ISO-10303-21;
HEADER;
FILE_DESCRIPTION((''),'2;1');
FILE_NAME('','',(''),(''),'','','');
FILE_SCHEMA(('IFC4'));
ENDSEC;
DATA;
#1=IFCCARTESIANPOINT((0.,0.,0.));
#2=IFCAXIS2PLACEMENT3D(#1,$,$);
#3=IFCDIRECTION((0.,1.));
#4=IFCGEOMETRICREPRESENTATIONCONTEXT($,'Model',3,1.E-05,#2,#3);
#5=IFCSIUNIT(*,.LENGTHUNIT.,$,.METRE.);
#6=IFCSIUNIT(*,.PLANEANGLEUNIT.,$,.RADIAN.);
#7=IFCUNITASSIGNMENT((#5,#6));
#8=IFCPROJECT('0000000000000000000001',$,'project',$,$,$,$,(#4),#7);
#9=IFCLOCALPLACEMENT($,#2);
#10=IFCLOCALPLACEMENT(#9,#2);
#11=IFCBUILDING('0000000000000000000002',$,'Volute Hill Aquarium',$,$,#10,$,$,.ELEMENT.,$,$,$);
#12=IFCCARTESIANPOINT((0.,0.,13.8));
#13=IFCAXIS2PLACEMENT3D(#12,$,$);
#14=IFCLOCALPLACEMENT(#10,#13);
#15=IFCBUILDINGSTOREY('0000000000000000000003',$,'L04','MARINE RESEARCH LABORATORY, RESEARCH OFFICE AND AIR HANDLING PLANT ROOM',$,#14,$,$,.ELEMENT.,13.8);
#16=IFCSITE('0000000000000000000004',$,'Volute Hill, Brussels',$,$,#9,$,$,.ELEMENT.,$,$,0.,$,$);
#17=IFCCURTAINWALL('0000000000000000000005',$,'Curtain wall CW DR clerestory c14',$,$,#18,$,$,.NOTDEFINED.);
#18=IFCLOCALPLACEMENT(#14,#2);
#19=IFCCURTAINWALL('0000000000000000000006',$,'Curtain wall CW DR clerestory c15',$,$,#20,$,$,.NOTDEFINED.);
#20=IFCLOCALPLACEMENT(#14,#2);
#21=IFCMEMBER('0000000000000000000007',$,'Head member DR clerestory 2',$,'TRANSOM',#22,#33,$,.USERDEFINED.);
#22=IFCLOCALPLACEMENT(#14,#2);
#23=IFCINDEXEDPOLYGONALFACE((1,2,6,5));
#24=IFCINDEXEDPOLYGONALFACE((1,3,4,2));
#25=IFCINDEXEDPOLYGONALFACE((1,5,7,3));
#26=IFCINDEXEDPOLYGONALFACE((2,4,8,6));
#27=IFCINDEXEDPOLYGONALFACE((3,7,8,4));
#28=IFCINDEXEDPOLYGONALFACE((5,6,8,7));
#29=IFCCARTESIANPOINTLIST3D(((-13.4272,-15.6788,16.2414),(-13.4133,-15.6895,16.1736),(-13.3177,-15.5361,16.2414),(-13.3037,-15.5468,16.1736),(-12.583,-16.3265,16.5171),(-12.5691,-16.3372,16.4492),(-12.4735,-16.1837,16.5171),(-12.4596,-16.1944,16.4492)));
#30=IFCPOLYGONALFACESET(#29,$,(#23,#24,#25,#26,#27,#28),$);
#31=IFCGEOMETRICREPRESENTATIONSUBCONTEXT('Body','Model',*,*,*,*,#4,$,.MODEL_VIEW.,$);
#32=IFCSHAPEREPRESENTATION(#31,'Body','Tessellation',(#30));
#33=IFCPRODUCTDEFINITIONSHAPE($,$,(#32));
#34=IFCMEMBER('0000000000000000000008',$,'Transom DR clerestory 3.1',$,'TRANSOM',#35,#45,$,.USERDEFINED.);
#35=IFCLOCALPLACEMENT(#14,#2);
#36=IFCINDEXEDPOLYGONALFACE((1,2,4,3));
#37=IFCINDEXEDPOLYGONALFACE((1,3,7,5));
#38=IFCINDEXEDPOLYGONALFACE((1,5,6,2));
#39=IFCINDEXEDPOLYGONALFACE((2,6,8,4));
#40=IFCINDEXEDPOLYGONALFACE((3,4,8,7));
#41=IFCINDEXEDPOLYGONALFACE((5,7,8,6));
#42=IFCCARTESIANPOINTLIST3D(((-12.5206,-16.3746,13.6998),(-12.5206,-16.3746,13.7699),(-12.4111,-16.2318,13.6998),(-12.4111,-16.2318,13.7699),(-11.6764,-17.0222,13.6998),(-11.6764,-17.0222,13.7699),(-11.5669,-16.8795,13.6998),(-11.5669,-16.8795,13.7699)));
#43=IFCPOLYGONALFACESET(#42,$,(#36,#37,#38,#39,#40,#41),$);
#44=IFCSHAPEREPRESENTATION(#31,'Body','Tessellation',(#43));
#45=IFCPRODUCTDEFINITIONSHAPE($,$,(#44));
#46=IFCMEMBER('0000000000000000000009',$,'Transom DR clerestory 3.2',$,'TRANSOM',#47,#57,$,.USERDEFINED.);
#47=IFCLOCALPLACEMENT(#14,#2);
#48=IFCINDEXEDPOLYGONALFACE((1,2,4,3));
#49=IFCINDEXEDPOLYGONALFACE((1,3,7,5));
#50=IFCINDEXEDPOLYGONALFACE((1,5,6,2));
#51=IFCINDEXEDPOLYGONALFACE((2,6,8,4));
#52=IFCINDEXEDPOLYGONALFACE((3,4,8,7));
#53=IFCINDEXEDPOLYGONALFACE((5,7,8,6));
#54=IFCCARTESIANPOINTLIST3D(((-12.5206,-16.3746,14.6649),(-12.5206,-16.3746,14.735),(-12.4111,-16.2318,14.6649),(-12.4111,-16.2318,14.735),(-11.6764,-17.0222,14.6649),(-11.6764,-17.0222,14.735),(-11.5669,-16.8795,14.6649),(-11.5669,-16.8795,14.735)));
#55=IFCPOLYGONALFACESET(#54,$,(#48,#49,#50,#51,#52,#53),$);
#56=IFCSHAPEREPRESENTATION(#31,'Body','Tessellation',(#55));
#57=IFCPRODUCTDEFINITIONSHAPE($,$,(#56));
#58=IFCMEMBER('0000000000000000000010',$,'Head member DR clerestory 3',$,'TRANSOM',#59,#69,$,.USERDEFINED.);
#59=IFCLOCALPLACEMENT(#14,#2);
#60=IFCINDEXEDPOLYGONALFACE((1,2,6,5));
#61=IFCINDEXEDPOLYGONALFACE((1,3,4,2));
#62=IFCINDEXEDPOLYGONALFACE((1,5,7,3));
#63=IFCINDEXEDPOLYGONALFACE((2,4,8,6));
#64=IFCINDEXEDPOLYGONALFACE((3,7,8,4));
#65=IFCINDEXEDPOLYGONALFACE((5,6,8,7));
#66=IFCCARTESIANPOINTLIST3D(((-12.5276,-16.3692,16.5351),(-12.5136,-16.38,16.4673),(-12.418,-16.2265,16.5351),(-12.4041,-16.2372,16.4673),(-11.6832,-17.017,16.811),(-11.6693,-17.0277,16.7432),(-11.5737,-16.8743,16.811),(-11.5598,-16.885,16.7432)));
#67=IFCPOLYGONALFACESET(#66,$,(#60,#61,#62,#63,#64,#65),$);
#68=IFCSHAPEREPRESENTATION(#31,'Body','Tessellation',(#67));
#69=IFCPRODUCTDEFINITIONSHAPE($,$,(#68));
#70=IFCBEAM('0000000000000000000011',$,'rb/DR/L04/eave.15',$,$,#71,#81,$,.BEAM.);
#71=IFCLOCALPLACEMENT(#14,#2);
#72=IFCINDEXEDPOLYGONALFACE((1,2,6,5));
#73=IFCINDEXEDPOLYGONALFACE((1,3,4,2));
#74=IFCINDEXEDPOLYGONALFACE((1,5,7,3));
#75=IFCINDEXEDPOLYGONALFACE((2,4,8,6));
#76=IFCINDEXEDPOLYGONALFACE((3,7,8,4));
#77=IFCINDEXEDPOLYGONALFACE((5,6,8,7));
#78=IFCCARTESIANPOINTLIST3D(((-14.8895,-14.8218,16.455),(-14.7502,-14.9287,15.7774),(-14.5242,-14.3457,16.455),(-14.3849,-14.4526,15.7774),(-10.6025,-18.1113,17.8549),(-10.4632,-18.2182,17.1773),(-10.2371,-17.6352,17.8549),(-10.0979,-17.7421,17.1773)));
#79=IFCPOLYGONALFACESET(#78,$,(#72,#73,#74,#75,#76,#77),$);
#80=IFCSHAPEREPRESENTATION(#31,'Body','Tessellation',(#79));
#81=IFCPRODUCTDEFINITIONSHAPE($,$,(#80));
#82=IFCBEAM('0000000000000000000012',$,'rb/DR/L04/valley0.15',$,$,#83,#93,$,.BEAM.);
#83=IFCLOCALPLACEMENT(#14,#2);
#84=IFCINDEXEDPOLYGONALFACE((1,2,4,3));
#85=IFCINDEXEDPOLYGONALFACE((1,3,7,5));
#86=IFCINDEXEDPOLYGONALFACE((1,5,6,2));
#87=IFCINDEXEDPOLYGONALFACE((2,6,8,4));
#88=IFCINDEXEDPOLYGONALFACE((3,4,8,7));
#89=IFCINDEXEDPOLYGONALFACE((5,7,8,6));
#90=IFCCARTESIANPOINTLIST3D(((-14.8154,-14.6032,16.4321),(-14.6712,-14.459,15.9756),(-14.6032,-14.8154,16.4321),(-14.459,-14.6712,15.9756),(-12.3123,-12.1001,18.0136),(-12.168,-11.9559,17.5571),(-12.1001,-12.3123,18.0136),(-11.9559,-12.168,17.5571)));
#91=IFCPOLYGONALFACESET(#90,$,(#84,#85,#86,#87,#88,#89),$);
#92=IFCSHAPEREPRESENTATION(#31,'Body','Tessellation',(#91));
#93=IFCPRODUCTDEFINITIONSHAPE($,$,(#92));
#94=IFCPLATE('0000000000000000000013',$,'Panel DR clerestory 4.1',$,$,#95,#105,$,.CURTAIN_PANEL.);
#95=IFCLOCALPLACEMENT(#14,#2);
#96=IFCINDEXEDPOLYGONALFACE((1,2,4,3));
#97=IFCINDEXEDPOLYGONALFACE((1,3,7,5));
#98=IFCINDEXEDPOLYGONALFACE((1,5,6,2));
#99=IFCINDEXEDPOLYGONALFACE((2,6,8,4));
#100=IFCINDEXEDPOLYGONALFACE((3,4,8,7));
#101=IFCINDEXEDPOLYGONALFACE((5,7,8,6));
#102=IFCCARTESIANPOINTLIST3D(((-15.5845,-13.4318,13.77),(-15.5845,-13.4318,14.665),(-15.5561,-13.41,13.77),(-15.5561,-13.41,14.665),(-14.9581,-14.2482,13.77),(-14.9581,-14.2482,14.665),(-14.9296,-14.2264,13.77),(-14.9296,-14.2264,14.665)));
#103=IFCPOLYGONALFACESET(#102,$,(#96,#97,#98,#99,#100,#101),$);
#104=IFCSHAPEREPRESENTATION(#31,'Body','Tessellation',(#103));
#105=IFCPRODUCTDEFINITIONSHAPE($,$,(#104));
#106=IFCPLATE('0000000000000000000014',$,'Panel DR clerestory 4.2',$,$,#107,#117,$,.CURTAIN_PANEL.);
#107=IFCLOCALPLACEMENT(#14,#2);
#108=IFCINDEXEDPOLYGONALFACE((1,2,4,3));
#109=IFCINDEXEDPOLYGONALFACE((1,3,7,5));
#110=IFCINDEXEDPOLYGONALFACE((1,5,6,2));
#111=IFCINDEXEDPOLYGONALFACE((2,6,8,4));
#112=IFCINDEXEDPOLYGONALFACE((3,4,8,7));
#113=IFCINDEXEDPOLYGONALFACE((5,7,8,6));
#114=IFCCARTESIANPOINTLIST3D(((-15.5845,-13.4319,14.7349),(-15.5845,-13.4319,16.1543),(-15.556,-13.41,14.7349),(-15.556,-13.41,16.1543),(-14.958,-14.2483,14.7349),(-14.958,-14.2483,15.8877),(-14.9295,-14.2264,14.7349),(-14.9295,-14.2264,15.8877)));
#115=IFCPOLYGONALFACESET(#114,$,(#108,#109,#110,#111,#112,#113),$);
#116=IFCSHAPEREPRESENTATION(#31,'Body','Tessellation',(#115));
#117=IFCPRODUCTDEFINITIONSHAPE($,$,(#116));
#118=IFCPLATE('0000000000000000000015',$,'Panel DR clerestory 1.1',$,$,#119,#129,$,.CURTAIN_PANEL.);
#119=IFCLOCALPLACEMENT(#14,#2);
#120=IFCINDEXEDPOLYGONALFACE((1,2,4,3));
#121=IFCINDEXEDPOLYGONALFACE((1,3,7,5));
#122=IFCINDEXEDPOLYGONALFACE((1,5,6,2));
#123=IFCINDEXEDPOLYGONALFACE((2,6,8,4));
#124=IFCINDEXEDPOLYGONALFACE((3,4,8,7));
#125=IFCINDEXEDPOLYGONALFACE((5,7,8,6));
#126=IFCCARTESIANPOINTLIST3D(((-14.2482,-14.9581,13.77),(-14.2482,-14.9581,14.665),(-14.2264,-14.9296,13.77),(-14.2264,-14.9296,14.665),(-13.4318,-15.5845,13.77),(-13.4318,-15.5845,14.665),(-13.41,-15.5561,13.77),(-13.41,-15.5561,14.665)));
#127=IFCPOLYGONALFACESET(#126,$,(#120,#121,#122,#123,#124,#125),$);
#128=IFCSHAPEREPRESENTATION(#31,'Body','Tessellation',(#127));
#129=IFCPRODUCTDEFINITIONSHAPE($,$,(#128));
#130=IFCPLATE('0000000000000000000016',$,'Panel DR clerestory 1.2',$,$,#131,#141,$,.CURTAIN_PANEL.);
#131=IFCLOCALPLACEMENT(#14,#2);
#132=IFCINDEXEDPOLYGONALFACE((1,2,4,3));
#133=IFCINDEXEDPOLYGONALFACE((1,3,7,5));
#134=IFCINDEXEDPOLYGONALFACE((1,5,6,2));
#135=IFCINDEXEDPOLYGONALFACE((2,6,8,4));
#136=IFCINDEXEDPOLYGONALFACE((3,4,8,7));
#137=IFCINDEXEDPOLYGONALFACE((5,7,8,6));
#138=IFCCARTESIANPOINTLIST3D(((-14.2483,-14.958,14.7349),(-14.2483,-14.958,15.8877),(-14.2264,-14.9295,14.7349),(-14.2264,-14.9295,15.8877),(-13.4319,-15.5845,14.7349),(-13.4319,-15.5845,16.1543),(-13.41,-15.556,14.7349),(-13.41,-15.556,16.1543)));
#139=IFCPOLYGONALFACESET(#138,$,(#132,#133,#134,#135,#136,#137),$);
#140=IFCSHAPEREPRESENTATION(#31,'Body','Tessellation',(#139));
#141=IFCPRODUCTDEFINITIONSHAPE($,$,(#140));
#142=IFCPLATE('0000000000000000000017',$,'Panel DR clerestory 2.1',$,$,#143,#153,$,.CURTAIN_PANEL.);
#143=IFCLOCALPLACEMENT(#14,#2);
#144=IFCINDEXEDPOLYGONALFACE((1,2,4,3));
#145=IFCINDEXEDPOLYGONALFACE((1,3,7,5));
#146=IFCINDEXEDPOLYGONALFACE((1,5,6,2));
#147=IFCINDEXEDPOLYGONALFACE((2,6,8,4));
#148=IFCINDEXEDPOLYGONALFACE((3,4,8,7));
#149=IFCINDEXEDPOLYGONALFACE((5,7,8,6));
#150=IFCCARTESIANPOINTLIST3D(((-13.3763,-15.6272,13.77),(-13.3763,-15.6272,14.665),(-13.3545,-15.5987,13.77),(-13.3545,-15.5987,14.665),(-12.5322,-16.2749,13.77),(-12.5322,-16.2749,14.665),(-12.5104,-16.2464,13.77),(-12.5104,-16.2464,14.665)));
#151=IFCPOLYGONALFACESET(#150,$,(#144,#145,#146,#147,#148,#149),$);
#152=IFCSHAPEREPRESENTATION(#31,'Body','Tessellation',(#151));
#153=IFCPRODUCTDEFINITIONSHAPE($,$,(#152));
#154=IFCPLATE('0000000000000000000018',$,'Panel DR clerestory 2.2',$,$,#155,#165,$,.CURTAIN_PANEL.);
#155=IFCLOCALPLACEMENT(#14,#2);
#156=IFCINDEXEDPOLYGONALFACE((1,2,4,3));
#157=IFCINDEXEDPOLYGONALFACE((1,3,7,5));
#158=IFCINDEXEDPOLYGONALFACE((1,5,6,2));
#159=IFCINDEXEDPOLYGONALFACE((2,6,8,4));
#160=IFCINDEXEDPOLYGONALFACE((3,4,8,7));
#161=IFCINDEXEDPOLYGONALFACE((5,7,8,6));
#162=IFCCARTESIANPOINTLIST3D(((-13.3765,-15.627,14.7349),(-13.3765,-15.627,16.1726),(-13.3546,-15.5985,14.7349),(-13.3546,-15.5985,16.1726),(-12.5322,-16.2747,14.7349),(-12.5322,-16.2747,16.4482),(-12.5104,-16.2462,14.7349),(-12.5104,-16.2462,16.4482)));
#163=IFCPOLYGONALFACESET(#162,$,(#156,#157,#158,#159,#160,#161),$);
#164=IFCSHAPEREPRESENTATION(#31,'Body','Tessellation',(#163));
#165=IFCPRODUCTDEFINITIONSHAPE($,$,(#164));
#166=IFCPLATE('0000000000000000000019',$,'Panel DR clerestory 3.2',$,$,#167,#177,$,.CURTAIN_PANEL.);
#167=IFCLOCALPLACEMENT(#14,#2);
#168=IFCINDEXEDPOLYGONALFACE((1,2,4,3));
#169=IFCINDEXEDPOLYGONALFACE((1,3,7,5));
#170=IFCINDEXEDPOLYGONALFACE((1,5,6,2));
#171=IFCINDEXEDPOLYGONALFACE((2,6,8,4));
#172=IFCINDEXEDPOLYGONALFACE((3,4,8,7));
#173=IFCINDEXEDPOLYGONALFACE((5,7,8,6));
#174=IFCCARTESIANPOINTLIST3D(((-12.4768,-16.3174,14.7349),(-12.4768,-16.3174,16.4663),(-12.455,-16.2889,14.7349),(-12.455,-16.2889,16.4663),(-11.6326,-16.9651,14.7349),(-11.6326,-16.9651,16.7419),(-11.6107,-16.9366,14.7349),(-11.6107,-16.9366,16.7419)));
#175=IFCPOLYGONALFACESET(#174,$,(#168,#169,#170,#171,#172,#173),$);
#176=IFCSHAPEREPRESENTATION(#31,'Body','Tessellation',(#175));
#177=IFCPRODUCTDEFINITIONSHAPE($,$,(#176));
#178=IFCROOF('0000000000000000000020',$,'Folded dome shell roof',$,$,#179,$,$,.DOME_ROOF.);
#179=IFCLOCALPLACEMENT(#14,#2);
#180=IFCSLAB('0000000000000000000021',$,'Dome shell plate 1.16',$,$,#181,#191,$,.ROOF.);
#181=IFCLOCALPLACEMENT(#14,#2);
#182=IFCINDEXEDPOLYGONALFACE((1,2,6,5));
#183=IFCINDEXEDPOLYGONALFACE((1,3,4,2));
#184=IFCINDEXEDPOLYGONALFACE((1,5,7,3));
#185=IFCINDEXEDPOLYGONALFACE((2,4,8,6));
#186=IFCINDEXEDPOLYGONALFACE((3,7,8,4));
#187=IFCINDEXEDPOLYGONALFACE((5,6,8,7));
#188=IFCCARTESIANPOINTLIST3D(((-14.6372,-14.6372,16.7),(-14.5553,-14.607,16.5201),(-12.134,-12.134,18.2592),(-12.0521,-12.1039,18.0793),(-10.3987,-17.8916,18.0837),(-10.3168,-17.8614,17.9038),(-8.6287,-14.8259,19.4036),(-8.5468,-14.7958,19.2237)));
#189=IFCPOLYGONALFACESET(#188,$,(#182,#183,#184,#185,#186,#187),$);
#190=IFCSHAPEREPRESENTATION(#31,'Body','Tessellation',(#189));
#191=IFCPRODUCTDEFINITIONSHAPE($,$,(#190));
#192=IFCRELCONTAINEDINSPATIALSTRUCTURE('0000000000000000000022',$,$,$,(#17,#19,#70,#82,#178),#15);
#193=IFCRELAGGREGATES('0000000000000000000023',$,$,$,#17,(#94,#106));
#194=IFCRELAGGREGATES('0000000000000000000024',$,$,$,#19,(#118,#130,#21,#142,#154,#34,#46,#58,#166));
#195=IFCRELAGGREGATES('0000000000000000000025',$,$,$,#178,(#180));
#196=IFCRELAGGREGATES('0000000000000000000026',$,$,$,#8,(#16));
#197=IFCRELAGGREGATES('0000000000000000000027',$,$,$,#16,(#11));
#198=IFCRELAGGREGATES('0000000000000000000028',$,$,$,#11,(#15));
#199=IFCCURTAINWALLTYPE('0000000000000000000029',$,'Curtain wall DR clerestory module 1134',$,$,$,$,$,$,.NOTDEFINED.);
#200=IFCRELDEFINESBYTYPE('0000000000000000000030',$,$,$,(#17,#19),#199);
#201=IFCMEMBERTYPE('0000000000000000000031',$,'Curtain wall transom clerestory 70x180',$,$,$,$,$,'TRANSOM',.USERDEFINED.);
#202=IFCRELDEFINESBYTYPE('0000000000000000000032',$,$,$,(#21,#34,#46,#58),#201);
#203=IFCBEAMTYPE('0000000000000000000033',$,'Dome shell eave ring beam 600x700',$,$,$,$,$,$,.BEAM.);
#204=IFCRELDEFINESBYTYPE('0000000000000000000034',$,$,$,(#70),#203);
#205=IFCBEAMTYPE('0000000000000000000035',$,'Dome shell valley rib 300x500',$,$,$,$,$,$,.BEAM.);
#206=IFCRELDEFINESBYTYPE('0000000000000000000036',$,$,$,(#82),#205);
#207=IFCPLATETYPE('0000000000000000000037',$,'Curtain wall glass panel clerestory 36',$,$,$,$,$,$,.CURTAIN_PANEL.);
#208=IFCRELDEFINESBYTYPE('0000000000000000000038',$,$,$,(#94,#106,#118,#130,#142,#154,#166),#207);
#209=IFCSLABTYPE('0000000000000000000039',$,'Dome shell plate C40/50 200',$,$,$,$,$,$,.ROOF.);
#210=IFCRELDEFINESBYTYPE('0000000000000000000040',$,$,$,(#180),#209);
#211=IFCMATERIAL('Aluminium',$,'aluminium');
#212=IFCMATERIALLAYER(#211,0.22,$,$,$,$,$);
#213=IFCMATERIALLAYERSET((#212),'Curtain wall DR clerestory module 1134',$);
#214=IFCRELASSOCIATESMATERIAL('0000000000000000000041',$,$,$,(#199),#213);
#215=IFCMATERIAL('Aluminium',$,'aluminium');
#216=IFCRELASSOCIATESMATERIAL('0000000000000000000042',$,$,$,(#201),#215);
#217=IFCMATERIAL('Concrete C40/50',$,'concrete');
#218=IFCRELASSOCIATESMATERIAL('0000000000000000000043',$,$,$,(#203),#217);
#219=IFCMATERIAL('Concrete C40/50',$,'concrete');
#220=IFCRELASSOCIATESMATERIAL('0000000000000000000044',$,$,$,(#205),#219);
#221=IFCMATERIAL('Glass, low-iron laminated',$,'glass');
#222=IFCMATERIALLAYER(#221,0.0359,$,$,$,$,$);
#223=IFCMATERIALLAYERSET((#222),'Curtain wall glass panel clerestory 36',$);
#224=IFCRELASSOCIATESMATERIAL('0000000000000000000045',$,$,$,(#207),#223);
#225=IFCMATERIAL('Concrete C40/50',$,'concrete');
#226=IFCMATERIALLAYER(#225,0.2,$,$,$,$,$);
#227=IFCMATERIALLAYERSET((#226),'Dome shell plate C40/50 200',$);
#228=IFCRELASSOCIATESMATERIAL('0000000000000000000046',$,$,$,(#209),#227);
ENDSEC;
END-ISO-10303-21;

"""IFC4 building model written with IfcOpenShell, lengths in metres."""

from ifc_helpers import new_model, si_unit, direction, frame, origin, origin_2d, place, context, subcontext, project, spatial, polyline, rectangle, outline, extrude, material, layer, layer_set, material_profile, profile_set, type_object, element, aggregate, save


model = new_model("IFC4")

# Units and contexts
model_context = context("Model", 3, precision=1e-05, world=origin(), true_north=direction((0.0, 1.0)))
body_context = subcontext(model_context, "Body", "Model", "MODEL_VIEW")
ifc_project = project(units=[si_unit("LENGTHUNIT", "METRE"), si_unit("PLANEANGLEUNIT", "RADIAN")], contexts=[model_context])

# Site, building, storey
site_placement = place(None, origin())
site = spatial("IfcSite", under=ifc_project, at=site_placement, Name="Volute Hill, Brussels", CompositionType="ELEMENT", RefElevation=0.0)
building_placement = place(site_placement, origin())
building = spatial("IfcBuilding", under=site, at=building_placement, Name="Volute Hill Aquarium", CompositionType="ELEMENT")
storey_placement = place(building_placement, frame((0.0, 0.0, 13.8)))
storey = spatial("IfcBuildingStorey", under=building, at=storey_placement, Name="L04", Description="MARINE RESEARCH LABORATORY, RESEARCH OFFICE AND AIR HANDLING PLANT ROOM", CompositionType="ELEMENT", Elevation=13.8)

# Curtain walls
ifc_material_1 = material(Name="Aluminium", Category="aluminium")
ifc_layer_1 = layer(ifc_material_1, 0.22)
ifc_layer_set_1 = layer_set([ifc_layer_1], Name="Curtain wall DR clerestory module 1134")
curtain_wall_type = type_object("IfcCurtainWallType", Name="Curtain wall DR clerestory module 1134", PredefinedType="NOTDEFINED", material=ifc_layer_set_1)
curtain_wall_1_placement = place(storey_placement, origin())
curtain_wall_1 = element("IfcCurtainWall", 1, at=curtain_wall_1_placement, inside=storey, type_object=curtain_wall_type, Name="Curtain wall CW DR clerestory c14", PredefinedType="NOTDEFINED")
curtain_wall_2_placement = place(storey_placement, origin())
curtain_wall_2 = element("IfcCurtainWall", 2, at=curtain_wall_2_placement, inside=storey, type_object=curtain_wall_type, Name="Curtain wall CW DR clerestory c15", PredefinedType="NOTDEFINED")

# Members
ifc_material_2 = material(Name="Aluminium", Category="aluminium")
ifc_material_profile_1 = material_profile(ifc_material_2, rectangle(XDim=0.1799, YDim=0.0701, at=origin_2d()), Name="Curtain wall transom clerestory 70x180")
ifc_profile_set_1 = profile_set([ifc_material_profile_1], Name="Aluminium")
member_type_1 = type_object("IfcMemberType", Name="Curtain wall transom clerestory 70x180", ElementType="TRANSOM", PredefinedType="USERDEFINED", material=ifc_profile_set_1)
member_1_placement = place(storey_placement, frame((-13.3655, -15.6128, 16.2075), z_axis=(0.76805, -0.589253, 0.25076), x_axis=(0.608701, 0.7934, 0.0)))
member_1 = element("IfcMember", 3, at=member_1_placement, type_object=member_type_1, Name="Head member DR clerestory 2", ObjectType="TRANSOM", PredefinedType="USERDEFINED", context=body_context, shape_type="SweptSolid", body=[
    extrude(rectangle(XDim=0.1799, YDim=0.0701, at=origin_2d()), origin(), (0.0, 0.0, 1.0), 1.0991),
])
member_2_placement = place(storey_placement, frame((-12.4658, -16.3032, 13.7349), z_axis=(0.7934, -0.608701, 0.0), x_axis=(0.608701, 0.7934, 0.0)))
member_2 = element("IfcMember", 4, at=member_2_placement, type_object=member_type_1, Name="Transom DR clerestory 3.1", ObjectType="TRANSOM", PredefinedType="USERDEFINED", context=body_context, shape_type="SweptSolid", body=[
    extrude(rectangle(XDim=0.1799, YDim=0.0701, at=origin_2d()), origin(), (0.0, 0.0, 1.0), 1.064),
])
member_3_placement = place(storey_placement, frame((-12.4658, -16.3032, 14.7), z_axis=(0.7934, -0.608701, 0.0), x_axis=(0.608701, 0.7934, 0.0)))
member_3 = element("IfcMember", 5, at=member_3_placement, type_object=member_type_1, Name="Transom DR clerestory 3.2", ObjectType="TRANSOM", PredefinedType="USERDEFINED", context=body_context, shape_type="SweptSolid", body=[
    extrude(rectangle(XDim=0.1799, YDim=0.0701, at=origin_2d()), origin(), (0.0, 0.0, 1.0), 1.064),
])
member_4_placement = place(storey_placement, frame((-12.4658, -16.3032, 16.5012), z_axis=(0.768007, -0.58922, 0.250968), x_axis=(0.608701, 0.7934, 0.0)))
member_4 = element("IfcMember", 6, at=member_4_placement, type_object=member_type_1, Name="Head member DR clerestory 3", ObjectType="TRANSOM", PredefinedType="USERDEFINED", context=body_context, shape_type="SweptSolid", body=[
    extrude(rectangle(XDim=0.1799, YDim=0.0701, at=origin_2d()), origin(), (0.0, 0.0, 1.0), 1.0994),
])

# Beams
ifc_material_3 = material(Name="Concrete C40/50", Category="concrete")
ifc_material_profile_2 = material_profile(ifc_material_3, rectangle(XDim=0.6001, YDim=0.7, at=origin_2d()), Name="RC beam 600x700")
ifc_profile_set_2 = profile_set([ifc_material_profile_2], Name="Concrete C40/50")
beam_type_1 = type_object("IfcBeamType", Name="Dome shell eave ring beam 600x700", PredefinedType="BEAM", material=ifc_profile_set_2)
beam_1_placement = place(storey_placement, frame((-14.6372, -14.6372, 16.1162), z_axis=(0.768006, -0.5893, 0.250783), x_axis=(0.608754, 0.793359, 0.0)))
element("IfcBeam", 7, at=beam_1_placement, inside=storey, type_object=beam_type_1, Name="rb/DR/L04/eave.15", PredefinedType="BEAM", context=body_context, shape_type="SweptSolid", body=[
    extrude(rectangle(XDim=0.6001, YDim=0.7, at=origin_2d()), origin(), (0.0, 0.0, 1.0), 5.582),
])
ifc_material_4 = material(Name="Concrete C40/50", Category="concrete")
ifc_material_profile_3 = material_profile(ifc_material_4, rectangle(XDim=0.3, YDim=0.5, at=origin_2d()), Name="RC rib 300x500")
ifc_profile_set_3 = profile_set([ifc_material_profile_3], Name="Concrete C40/50")
beam_type_2 = type_object("IfcBeamType", Name="Dome shell valley rib 300x500", PredefinedType="BEAM", material=ifc_profile_set_3)
beam_2_placement = place(storey_placement, frame((-14.6372, -14.6372, 16.2039), z_axis=(0.645606, 0.645606, 0.407904), x_axis=(-0.707107, 0.707107, 0.0)))
element("IfcBeam", 8, at=beam_2_placement, inside=storey, type_object=beam_type_2, Name="rb/DR/L04/valley0.15", PredefinedType="BEAM", context=body_context, shape_type="SweptSolid", body=[
    extrude(rectangle(XDim=0.3, YDim=0.5, at=origin_2d()), origin(), (0.0, 0.0, 1.0), 3.8772),
])

# Plates
ifc_material_5 = material(Name="Glass, low-iron laminated", Category="glass")
ifc_layer_2 = layer(ifc_material_5, 0.0359)
ifc_layer_set_2 = layer_set([ifc_layer_2], Name="Curtain wall glass panel clerestory 36")
plate_type = type_object("IfcPlateType", Name="Curtain wall glass panel clerestory 36", PredefinedType="CURTAIN_PANEL", material=ifc_layer_set_2)
plate_1_placement = place(storey_placement, frame((-15.2571, -13.8291, 13.77), z_axis=(0.0, 0.0, 1.0), x_axis=(0.608761, -0.793354, 0.0)))
plate_1 = element("IfcPlate", 9, at=plate_1_placement, type_object=plate_type, Name="Panel DR clerestory 4.1", PredefinedType="CURTAIN_PANEL", context=body_context, shape_type="SweptSolid", body=[
    extrude(rectangle(XDim=1.0291, YDim=0.0359, at=origin_2d()), origin(), (0.0, 0.0, 1.0), 0.895),
])
plate_2_placement = place(storey_placement, frame((-15.5845, -13.4319, 14.7349), z_axis=(-0.793347, -0.60877, 0.0), x_axis=(0.60877, -0.793347, 0.0)))
plate_2 = element("IfcPlate", 10, at=plate_2_placement, type_object=plate_type, Name="Panel DR clerestory 4.2", PredefinedType="CURTAIN_PANEL", context=body_context, shape_type="SweptSolid", body=[
    extrude(outline(polyline([(0.0, 0.0), (1.0291, 0.0), (1.0291, 1.1528), (0.0, 1.4194), (0.0, 0.0)])), origin(), (0.0, 0.0, -1.0), 0.0359),
])
aggregate(curtain_wall_1, [plate_1, plate_2])
plate_3_placement = place(storey_placement, frame((-13.8291, -15.2571, 13.77), z_axis=(0.0, 0.0, 1.0), x_axis=(0.793354, -0.608761, 0.0)))
plate_3 = element("IfcPlate", 11, at=plate_3_placement, type_object=plate_type, Name="Panel DR clerestory 1.1", PredefinedType="CURTAIN_PANEL", context=body_context, shape_type="SweptSolid", body=[
    extrude(rectangle(XDim=1.0291, YDim=0.0359, at=origin_2d()), origin(), (0.0, 0.0, 1.0), 0.895),
])
plate_4_placement = place(storey_placement, frame((-14.2483, -14.958, 14.7349), z_axis=(-0.60877, -0.793347, 0.0), x_axis=(0.793347, -0.60877, 0.0)))
plate_4 = element("IfcPlate", 12, at=plate_4_placement, type_object=plate_type, Name="Panel DR clerestory 1.2", PredefinedType="CURTAIN_PANEL", context=body_context, shape_type="SweptSolid", body=[
    extrude(outline(polyline([(0.0, 0.0), (1.0291, 0.0), (1.0291, 1.4194), (0.0, 1.1528), (0.0, 0.0)])), origin(), (0.0, 0.0, -1.0), 0.0359),
])
plate_5_placement = place(storey_placement, frame((-12.9434, -15.9368, 13.77), z_axis=(0.0, 0.0, 1.0), x_axis=(0.793354, -0.608761, 0.0)))
plate_5 = element("IfcPlate", 13, at=plate_5_placement, type_object=plate_type, Name="Panel DR clerestory 2.1", PredefinedType="CURTAIN_PANEL", context=body_context, shape_type="SweptSolid", body=[
    extrude(rectangle(XDim=1.064, YDim=0.0359, at=origin_2d()), origin(), (0.0, 0.0, 1.0), 0.895),
])
plate_6_placement = place(storey_placement, frame((-13.3765, -15.627, 14.7349), z_axis=(-0.608701, -0.7934, 0.0), x_axis=(0.7934, -0.608701, 0.0)))
plate_6 = element("IfcPlate", 14, at=plate_6_placement, type_object=plate_type, Name="Panel DR clerestory 2.2", PredefinedType="CURTAIN_PANEL", context=body_context, shape_type="SweptSolid", body=[
    extrude(outline(polyline([(0.0, 0.0), (1.0641, 0.0), (1.0641, 1.7134), (0.0, 1.4377), (0.0, 0.0)])), origin(), (0.0, 0.0, -1.0), 0.0359),
])
plate_7_placement = place(storey_placement, frame((-12.4768, -16.3174, 14.7349), z_axis=(-0.608701, -0.7934, 0.0), x_axis=(0.7934, -0.608701, 0.0)))
plate_7 = element("IfcPlate", 15, at=plate_7_placement, type_object=plate_type, Name="Panel DR clerestory 3.2", PredefinedType="CURTAIN_PANEL", context=body_context, shape_type="SweptSolid", body=[
    extrude(outline(polyline([(0.0, 0.0), (1.0641, 0.0), (1.0641, 2.0071), (0.0, 1.7314), (0.0, 0.0)])), origin(), (0.0, 0.0, -1.0), 0.0359),
])
aggregate(curtain_wall_2, [plate_3, plate_4, member_1, plate_5, plate_6, member_2, member_3, member_4, plate_7])

# Roof, slab
roof_placement = place(storey_placement, origin())
roof = element("IfcRoof", 16, at=roof_placement, inside=storey, Name="Folded dome shell roof", PredefinedType="DOME_ROOF")
ifc_material_6 = material(Name="Concrete C40/50", Category="concrete")
ifc_layer_3 = layer(ifc_material_6, 0.2)
ifc_layer_set_3 = layer_set([ifc_layer_3], Name="Dome shell plate C40/50 200")
slab_type = type_object("IfcSlabType", Name="Dome shell plate C40/50 200", PredefinedType="ROOF", material=ifc_layer_set_3)
slab_placement = place(storey_placement, frame((-14.6372, -14.6372, 16.7), z_axis=(-0.409575, -0.150878, 0.899713), x_axis=(0.767843, -0.589557, 0.250678)))
slab = element("IfcSlab", 17, at=slab_placement, type_object=slab_type, Name="Dome shell plate 1.16", PredefinedType="ROOF", context=body_context, shape_type="SweptSolid", body=[
    extrude(outline(polyline([(0.0, 0.0), (5.5201, 0.0), (5.4026, 3.7762), (0.8372, 3.7766), (0.0, 0.0)])), origin(), (0.0, 0.0, -1.0), 0.2),
])
aggregate(roof, [slab])

save(model, "model.ifc")
